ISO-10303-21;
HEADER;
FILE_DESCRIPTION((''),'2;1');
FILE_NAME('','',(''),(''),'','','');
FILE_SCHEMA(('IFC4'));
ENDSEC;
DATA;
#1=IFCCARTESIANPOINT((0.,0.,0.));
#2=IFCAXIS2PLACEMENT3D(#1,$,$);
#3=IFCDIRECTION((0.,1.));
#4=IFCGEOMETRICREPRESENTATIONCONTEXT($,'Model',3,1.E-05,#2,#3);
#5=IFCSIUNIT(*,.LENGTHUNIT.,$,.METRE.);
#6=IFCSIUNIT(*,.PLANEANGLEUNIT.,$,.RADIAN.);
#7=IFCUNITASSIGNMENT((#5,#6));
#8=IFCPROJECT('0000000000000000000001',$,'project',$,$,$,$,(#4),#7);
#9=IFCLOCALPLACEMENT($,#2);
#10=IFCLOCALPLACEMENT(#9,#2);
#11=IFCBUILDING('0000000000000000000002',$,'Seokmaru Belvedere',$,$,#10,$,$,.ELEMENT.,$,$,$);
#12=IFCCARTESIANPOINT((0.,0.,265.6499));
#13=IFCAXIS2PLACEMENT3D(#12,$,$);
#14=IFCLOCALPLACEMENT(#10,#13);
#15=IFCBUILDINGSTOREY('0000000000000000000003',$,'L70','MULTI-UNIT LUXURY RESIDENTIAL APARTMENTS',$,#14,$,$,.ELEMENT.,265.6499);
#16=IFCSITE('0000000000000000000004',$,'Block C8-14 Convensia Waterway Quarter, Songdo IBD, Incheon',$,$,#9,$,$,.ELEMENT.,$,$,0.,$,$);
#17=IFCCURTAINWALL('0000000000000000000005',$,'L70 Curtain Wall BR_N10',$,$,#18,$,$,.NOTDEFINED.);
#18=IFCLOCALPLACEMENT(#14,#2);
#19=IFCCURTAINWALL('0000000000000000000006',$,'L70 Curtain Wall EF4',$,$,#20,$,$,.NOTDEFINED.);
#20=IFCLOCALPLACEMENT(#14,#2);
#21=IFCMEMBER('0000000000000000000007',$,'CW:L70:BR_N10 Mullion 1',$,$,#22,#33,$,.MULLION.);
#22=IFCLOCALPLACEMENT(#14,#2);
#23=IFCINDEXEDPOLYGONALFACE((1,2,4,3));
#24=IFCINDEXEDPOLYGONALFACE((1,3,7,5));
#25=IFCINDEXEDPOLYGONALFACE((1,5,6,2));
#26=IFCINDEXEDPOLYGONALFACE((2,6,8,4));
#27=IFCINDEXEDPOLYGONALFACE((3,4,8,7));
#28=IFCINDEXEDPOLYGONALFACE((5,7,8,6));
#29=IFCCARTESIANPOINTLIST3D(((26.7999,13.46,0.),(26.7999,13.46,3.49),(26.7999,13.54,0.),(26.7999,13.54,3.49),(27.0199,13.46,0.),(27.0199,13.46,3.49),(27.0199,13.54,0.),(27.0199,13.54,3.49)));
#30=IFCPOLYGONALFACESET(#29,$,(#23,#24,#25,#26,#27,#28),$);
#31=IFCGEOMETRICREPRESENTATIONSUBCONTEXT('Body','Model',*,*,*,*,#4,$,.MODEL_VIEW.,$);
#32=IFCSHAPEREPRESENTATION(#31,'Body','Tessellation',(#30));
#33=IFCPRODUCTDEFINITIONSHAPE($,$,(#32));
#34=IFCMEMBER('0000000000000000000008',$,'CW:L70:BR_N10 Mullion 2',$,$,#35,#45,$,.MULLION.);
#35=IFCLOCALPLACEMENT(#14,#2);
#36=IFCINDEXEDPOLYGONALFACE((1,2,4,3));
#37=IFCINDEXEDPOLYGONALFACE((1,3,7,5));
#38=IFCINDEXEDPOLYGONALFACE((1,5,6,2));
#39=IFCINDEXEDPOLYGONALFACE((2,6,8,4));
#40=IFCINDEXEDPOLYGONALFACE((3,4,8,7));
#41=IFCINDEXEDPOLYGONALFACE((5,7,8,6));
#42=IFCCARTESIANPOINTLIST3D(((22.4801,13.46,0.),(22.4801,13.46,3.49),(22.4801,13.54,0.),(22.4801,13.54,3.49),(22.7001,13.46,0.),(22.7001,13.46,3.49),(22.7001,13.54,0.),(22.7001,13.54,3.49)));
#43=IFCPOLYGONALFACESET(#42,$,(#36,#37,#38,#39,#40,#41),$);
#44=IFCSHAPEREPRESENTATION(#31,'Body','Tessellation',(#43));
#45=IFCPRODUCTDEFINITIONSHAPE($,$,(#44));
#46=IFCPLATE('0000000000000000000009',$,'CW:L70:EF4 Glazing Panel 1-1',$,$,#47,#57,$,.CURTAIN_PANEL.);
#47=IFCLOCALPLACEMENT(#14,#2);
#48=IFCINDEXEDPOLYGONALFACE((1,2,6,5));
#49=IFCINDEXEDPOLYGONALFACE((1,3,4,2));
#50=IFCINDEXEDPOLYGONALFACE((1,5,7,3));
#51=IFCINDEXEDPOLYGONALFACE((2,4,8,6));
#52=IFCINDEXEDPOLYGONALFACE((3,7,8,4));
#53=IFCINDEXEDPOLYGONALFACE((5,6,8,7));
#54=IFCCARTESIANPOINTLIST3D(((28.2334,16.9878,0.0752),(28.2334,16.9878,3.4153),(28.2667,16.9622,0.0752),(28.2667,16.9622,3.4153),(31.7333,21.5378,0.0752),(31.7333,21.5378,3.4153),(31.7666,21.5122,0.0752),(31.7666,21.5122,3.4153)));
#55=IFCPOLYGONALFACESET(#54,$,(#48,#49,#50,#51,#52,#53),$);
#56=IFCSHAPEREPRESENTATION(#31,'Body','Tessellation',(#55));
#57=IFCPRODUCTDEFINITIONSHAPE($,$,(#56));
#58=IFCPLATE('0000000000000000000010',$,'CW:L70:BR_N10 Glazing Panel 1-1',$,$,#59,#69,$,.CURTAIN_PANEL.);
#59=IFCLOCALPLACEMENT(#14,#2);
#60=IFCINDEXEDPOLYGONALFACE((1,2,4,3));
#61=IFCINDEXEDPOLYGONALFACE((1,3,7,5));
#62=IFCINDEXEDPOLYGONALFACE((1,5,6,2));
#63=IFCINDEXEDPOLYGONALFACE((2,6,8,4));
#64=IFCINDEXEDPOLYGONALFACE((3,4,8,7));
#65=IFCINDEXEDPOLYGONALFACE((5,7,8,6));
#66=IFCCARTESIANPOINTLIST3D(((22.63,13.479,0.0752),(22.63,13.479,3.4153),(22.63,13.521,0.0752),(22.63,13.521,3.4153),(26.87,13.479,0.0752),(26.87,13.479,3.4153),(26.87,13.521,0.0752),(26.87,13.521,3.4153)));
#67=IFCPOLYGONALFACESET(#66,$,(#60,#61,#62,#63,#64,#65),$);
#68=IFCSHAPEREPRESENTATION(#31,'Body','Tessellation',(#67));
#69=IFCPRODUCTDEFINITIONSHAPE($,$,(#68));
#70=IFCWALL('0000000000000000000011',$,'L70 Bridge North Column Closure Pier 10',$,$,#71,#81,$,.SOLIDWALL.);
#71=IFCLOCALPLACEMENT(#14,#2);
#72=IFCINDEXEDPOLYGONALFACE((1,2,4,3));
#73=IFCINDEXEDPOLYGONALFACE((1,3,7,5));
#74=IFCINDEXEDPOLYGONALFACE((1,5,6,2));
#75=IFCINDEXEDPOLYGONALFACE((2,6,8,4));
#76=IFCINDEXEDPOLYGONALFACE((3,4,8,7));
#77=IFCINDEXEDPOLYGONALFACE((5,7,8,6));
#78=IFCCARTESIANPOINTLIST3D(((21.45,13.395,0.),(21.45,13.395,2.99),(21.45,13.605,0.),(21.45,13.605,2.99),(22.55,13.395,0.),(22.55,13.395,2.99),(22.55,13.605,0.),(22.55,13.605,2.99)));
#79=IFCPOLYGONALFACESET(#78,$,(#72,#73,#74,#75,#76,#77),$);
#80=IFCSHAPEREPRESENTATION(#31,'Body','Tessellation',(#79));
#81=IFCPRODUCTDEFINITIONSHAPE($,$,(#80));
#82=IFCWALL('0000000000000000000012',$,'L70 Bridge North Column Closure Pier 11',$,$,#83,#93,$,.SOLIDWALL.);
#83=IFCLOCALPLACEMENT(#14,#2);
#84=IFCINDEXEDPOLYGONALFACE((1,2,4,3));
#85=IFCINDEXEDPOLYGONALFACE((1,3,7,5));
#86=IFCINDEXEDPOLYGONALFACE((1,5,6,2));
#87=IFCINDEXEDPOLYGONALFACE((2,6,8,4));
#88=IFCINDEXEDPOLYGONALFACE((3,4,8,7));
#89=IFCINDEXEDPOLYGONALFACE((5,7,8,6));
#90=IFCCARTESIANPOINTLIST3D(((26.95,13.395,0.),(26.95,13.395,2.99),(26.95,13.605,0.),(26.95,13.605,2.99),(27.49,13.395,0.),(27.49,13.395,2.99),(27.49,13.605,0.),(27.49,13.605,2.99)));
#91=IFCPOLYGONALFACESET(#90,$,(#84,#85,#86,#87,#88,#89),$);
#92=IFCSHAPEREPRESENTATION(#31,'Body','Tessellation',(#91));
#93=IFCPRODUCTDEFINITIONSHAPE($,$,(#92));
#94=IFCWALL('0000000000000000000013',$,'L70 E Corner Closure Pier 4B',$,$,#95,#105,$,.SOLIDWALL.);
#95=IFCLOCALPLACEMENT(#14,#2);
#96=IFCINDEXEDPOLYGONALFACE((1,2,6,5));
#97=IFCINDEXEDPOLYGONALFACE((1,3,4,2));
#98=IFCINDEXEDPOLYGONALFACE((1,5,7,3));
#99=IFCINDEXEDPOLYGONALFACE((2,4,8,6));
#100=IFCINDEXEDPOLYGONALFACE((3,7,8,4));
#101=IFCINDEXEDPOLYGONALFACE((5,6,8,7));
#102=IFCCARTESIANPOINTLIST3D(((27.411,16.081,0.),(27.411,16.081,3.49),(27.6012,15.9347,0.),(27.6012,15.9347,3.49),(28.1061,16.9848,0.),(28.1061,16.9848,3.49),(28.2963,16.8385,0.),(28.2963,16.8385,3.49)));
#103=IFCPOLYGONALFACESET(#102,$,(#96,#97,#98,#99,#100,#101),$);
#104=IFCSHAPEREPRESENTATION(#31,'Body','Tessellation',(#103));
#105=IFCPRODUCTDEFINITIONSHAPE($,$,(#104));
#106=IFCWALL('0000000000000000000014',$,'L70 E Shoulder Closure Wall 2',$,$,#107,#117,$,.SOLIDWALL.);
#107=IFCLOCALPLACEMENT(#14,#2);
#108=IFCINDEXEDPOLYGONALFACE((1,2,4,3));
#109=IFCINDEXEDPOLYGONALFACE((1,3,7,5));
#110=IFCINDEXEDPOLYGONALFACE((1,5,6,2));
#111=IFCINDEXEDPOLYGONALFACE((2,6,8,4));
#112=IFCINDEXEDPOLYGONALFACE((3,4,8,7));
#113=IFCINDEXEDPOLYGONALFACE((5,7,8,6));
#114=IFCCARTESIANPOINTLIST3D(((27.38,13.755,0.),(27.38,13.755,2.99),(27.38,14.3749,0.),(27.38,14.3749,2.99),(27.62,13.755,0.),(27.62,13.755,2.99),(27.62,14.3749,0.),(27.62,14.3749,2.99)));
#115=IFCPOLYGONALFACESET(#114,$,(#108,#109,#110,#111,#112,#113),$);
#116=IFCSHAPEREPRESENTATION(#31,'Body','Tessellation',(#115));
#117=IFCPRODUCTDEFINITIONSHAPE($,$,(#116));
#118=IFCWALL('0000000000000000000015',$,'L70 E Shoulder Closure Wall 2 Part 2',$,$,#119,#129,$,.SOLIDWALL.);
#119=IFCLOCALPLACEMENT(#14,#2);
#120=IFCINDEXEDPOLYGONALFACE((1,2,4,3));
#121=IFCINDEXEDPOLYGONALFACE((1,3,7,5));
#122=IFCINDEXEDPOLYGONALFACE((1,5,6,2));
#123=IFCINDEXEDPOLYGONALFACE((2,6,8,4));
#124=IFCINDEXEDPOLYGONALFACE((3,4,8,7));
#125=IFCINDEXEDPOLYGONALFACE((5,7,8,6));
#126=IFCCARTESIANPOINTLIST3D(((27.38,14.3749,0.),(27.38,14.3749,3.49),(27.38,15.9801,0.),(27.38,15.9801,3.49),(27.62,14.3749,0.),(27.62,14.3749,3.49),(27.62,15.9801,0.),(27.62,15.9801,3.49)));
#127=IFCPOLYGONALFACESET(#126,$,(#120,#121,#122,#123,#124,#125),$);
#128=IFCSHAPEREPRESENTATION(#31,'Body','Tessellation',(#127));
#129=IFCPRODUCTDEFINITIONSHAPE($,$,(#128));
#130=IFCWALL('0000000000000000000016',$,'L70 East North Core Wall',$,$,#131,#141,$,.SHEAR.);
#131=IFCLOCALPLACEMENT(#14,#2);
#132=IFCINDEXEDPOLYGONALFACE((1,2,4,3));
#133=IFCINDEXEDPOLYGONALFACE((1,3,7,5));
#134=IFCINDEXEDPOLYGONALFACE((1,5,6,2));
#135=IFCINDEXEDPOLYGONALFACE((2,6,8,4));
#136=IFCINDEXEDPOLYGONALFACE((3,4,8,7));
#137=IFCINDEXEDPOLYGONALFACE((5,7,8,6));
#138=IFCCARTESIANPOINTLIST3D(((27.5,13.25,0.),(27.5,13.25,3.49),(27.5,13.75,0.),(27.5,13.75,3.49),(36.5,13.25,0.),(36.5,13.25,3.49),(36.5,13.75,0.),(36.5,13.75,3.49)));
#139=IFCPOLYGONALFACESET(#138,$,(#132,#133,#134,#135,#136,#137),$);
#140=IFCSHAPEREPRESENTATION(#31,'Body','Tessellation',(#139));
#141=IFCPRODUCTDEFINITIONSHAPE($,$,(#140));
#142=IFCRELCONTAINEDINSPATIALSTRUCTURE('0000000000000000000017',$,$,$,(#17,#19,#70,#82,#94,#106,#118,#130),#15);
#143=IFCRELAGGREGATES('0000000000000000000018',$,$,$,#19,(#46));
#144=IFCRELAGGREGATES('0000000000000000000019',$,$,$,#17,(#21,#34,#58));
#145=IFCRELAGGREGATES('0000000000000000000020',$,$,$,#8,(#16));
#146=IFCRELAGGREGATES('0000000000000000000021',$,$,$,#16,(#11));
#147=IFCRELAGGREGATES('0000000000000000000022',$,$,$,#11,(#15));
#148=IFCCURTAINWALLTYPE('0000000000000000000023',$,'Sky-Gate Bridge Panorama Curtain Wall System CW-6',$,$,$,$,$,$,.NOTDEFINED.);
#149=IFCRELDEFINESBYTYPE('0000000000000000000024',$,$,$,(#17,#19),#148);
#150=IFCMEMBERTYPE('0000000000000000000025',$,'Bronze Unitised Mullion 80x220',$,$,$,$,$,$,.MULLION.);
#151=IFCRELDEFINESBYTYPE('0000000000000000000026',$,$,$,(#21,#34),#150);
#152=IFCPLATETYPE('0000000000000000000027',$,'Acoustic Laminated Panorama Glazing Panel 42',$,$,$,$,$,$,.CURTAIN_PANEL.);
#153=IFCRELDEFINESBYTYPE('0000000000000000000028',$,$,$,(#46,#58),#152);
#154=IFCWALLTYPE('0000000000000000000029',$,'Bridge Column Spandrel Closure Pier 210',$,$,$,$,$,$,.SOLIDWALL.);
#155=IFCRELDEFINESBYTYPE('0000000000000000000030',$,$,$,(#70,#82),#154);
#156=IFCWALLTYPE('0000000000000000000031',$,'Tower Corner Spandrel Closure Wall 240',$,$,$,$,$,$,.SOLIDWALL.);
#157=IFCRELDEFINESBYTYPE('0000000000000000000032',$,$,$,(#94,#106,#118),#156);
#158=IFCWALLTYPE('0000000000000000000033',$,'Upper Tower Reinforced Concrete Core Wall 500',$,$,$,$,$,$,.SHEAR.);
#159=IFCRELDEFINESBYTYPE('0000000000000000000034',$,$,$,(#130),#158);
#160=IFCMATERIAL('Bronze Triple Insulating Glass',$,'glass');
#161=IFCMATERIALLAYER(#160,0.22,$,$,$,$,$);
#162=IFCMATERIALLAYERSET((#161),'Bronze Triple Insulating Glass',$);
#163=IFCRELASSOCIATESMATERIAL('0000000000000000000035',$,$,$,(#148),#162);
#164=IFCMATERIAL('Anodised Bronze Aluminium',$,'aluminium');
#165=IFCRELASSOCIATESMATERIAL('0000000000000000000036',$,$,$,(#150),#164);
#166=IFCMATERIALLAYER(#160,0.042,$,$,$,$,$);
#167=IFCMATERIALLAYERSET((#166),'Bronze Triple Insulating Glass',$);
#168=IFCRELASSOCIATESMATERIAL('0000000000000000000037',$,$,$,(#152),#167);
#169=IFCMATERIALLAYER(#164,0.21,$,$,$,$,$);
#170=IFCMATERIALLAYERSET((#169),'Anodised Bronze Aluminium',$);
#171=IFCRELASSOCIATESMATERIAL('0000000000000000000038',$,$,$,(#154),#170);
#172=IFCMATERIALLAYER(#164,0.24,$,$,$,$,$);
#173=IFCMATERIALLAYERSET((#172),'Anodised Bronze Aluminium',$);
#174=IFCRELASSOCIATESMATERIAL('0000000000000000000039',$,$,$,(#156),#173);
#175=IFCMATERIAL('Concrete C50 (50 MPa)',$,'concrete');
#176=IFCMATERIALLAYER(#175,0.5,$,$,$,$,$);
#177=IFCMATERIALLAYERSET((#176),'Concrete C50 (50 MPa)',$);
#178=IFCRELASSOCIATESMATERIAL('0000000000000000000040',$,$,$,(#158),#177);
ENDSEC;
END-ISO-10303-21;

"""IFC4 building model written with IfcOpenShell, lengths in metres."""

from ifc_helpers import new_model, si_unit, direction, frame, frame_2d, origin, origin_2d, place, context, subcontext, project, spatial, rectangle, extrude, source, transform, mapped, material, layer, layer_set, material_profile, profile_set, type_object, type_shapes, element, aggregate, save


model = new_model("IFC4")

# Units and contexts
model_context = context("Model", 3, precision=1e-05, world=origin(), true_north=direction((0.0, 1.0)))
body_context = subcontext(model_context, "Body", "Model", "MODEL_VIEW")
ifc_project = project(units=[si_unit("LENGTHUNIT", "METRE"), si_unit("PLANEANGLEUNIT", "RADIAN")], contexts=[model_context])

# Site, building, storey
site_placement = place(None, origin())
site = spatial("IfcSite", under=ifc_project, at=site_placement, Name="Block C8-14 Convensia Waterway Quarter, Songdo IBD, Incheon", CompositionType="ELEMENT", RefElevation=0.0)
building_placement = place(site_placement, origin())
building = spatial("IfcBuilding", under=site, at=building_placement, Name="Seokmaru Belvedere", CompositionType="ELEMENT")
storey_placement = place(building_placement, frame((0.0, 0.0, 265.6499)))
storey = spatial("IfcBuildingStorey", under=building, at=storey_placement, Name="L70", Description="MULTI-UNIT LUXURY RESIDENTIAL APARTMENTS", CompositionType="ELEMENT", Elevation=265.6499)

# Curtain wall
ifc_material_1 = material(Name="Bronze Triple Insulating Glass", Category="glass")
ifc_layer_1 = layer(ifc_material_1, 0.22)
ifc_layer_set_1 = layer_set([ifc_layer_1], Name="Bronze Triple Insulating Glass")
curtain_wall_type = type_object("IfcCurtainWallType", Name="Sky-Gate Bridge Panorama Curtain Wall System CW-6", PredefinedType="NOTDEFINED", material=ifc_layer_set_1)
curtain_wall_1_placement = place(storey_placement, origin())
curtain_wall_1 = element("IfcCurtainWall", 1, at=curtain_wall_1_placement, inside=storey, type_object=curtain_wall_type, Name="L70 Curtain Wall BR_N10", PredefinedType="NOTDEFINED")
ifc_material_2 = material(Name="Anodised Bronze Aluminium", Category="aluminium")

# Curtain wall
curtain_wall_2_placement = place(storey_placement, origin())
curtain_wall_2 = element("IfcCurtainWall", 2, at=curtain_wall_2_placement, inside=storey, type_object=curtain_wall_type, Name="L70 Curtain Wall EF4", PredefinedType="NOTDEFINED")
ifc_material_profile_1 = material_profile(ifc_material_2, rectangle(XDim=0.0801, YDim=0.22, at=origin_2d()), Name="CW-M-80x220")
ifc_profile_set_1 = profile_set([ifc_material_profile_1], Name="Anodised Bronze Aluminium")
member_type_1 = type_object("IfcMemberType", Name="Bronze Unitised Mullion 80x220", PredefinedType="MULLION", material=ifc_profile_set_1)
shared_shape_1 = source(origin(), body_context, "Body", "SweptSolid", [
    extrude(rectangle(XDim=0.0801, YDim=0.22, at=origin_2d()), origin(), (0.0, 0.0, 1.0), 3.49),
])
type_shapes(member_type_1, [shared_shape_1])

# Members
member_1_placement = place(storey_placement, frame((26.9099, 13.5, 0.0), z_axis=(0.0, 0.0, 1.0), x_axis=(0.0, -1.0, 0.0)))
member_1 = element("IfcMember", 3, at=member_1_placement, type_object=member_type_1, Name="CW:L70:BR_N10 Mullion 1", PredefinedType="MULLION", context=body_context, shape_type="MappedRepresentation", body=[
    mapped(shared_shape_1, transform((0.0, 0.0, 0.0), scale=1.0)),
])
member_2_placement = place(storey_placement, frame((22.5901, 13.5, 0.0), z_axis=(0.0, 0.0, 1.0), x_axis=(0.0, -1.0, 0.0)))
member_2 = element("IfcMember", 4, at=member_2_placement, type_object=member_type_1, Name="CW:L70:BR_N10 Mullion 2", PredefinedType="MULLION", context=body_context, shape_type="MappedRepresentation", body=[
    mapped(shared_shape_1, transform((0.0, 0.0, 0.0), scale=1.0)),
])

# Plates
ifc_layer_2 = layer(ifc_material_1, 0.042)
ifc_layer_set_2 = layer_set([ifc_layer_2], Name="Bronze Triple Insulating Glass")
plate_type = type_object("IfcPlateType", Name="Acoustic Laminated Panorama Glazing Panel 42", PredefinedType="CURTAIN_PANEL", material=ifc_layer_set_2)
shared_shape_2 = source(origin(), body_context, "Body", "SweptSolid", [
    extrude(rectangle(XDim=5.7405, YDim=0.042, at=origin_2d()), origin(), (0.0, 0.0, 1.0), 3.3401),
])
plate_1_placement = place(storey_placement, frame((30.0, 19.25, 0.0752), z_axis=(0.0, 0.0, 1.0), x_axis=(-0.609701, -0.792631, 0.0)))
plate_1 = element("IfcPlate", 5, at=plate_1_placement, type_object=plate_type, Name="CW:L70:EF4 Glazing Panel 1-1", PredefinedType="CURTAIN_PANEL", context=body_context, shape_type="MappedRepresentation", body=[
    mapped(shared_shape_2, transform((0.0, 0.0, 0.0), scale=1.0)),
])
aggregate(curtain_wall_2, [plate_1])
shared_shape_3 = source(origin(), body_context, "Body", "SweptSolid", [
    extrude(rectangle(XDim=4.24, YDim=0.042, at=origin_2d()), origin(), (0.0, 0.0, 1.0), 3.3401),
])
type_shapes(plate_type, [shared_shape_2, shared_shape_3])
plate_2_placement = place(storey_placement, frame((24.75, 13.5, 0.0752), z_axis=(0.0, 0.0, 1.0), x_axis=(-1.0, 0.0, 0.0)))
plate_2 = element("IfcPlate", 6, at=plate_2_placement, type_object=plate_type, Name="CW:L70:BR_N10 Glazing Panel 1-1", PredefinedType="CURTAIN_PANEL", context=body_context, shape_type="MappedRepresentation", body=[
    mapped(shared_shape_3, transform((0.0, 0.0, 0.0), scale=1.0)),
])
aggregate(curtain_wall_1, [member_1, member_2, plate_2])

# Walls
ifc_layer_3 = layer(ifc_material_2, 0.21)
ifc_layer_set_3 = layer_set([ifc_layer_3], Name="Anodised Bronze Aluminium")
wall_type_1 = type_object("IfcWallType", Name="Bridge Column Spandrel Closure Pier 210", PredefinedType="SOLIDWALL", material=ifc_layer_set_3)
wall_1_placement = place(storey_placement, frame((21.45, 13.5, 0.0), z_axis=(0.0, 0.0, 1.0), x_axis=(1.0, 0.0, 0.0)))
element("IfcWall", 7, at=wall_1_placement, inside=storey, type_object=wall_type_1, Name="L70 Bridge North Column Closure Pier 10", PredefinedType="SOLIDWALL", context=body_context, shape_type="SweptSolid", body=[
    extrude(rectangle(XDim=1.1001, YDim=0.21, at=frame_2d((0.55, 0.0))), origin(), (0.0, 0.0, 1.0), 2.99),
])
wall_2_placement = place(storey_placement, frame((26.95, 13.5, 0.0), z_axis=(0.0, 0.0, 1.0), x_axis=(1.0, 0.0, 0.0)))
element("IfcWall", 8, at=wall_2_placement, inside=storey, type_object=wall_type_1, Name="L70 Bridge North Column Closure Pier 11", PredefinedType="SOLIDWALL", context=body_context, shape_type="SweptSolid", body=[
    extrude(rectangle(XDim=0.54, YDim=0.21, at=frame_2d((0.27, 0.0))), origin(), (0.0, 0.0, 1.0), 2.99),
])
ifc_layer_4 = layer(ifc_material_2, 0.24)
ifc_layer_set_4 = layer_set([ifc_layer_4], Name="Anodised Bronze Aluminium")
wall_type_2 = type_object("IfcWallType", Name="Tower Corner Spandrel Closure Wall 240", PredefinedType="SOLIDWALL", material=ifc_layer_set_4)
wall_3_placement = place(storey_placement, frame((28.2012, 16.9116, 0.0), z_axis=(0.0, 0.0, 1.0), x_axis=(-0.609618, -0.792696, 0.0)))
element("IfcWall", 9, at=wall_3_placement, inside=storey, type_object=wall_type_2, Name="L70 E Corner Closure Pier 4B", PredefinedType="SOLIDWALL", context=body_context, shape_type="SweptSolid", body=[
    extrude(rectangle(XDim=1.1401, YDim=0.24, at=frame_2d((0.5701, 0.0))), origin(), (0.0, 0.0, 1.0), 3.49),
])
wall_4_placement = place(storey_placement, frame((27.5, 13.7549, 0.0), z_axis=(0.0, 0.0, 1.0), x_axis=(0.0, 1.0, 0.0)))
element("IfcWall", 10, at=wall_4_placement, inside=storey, type_object=wall_type_2, Name="L70 E Shoulder Closure Wall 2", PredefinedType="SOLIDWALL", context=body_context, shape_type="SweptSolid", body=[
    extrude(rectangle(XDim=0.6199, YDim=0.24, at=frame_2d((0.3101, 0.0))), origin(), (0.0, 0.0, 1.0), 2.99),
])
wall_5_placement = place(storey_placement, frame((27.5, 14.3748, 0.0), z_axis=(0.0, 0.0, 1.0), x_axis=(0.0, 1.0, 0.0)))
element("IfcWall", 11, at=wall_5_placement, inside=storey, type_object=wall_type_2, Name="L70 E Shoulder Closure Wall 2 Part 2", PredefinedType="SOLIDWALL", context=body_context, shape_type="SweptSolid", body=[
    extrude(rectangle(XDim=1.6052, YDim=0.24, at=frame_2d((0.8027, 0.0))), origin(), (0.0, 0.0, 1.0), 3.49),
])
ifc_material_3 = material(Name="Concrete C50 (50 MPa)", Category="concrete")
ifc_layer_5 = layer(ifc_material_3, 0.5)
ifc_layer_set_5 = layer_set([ifc_layer_5], Name="Concrete C50 (50 MPa)")
wall_type_3 = type_object("IfcWallType", Name="Upper Tower Reinforced Concrete Core Wall 500", PredefinedType="SHEAR", material=ifc_layer_set_5)
wall_6_placement = place(storey_placement, frame((27.5, 13.5, 0.0), z_axis=(0.0, 0.0, 1.0), x_axis=(1.0, 0.0, 0.0)))
element("IfcWall", 12, at=wall_6_placement, inside=storey, type_object=wall_type_3, Name="L70 East North Core Wall", PredefinedType="SHEAR", context=body_context, shape_type="SweptSolid", body=[
    extrude(rectangle(XDim=9.0, YDim=0.5, at=frame_2d((4.5, 0.0))), origin(), (0.0, 0.0, 1.0), 3.49),
])

save(model, "model.ifc")
